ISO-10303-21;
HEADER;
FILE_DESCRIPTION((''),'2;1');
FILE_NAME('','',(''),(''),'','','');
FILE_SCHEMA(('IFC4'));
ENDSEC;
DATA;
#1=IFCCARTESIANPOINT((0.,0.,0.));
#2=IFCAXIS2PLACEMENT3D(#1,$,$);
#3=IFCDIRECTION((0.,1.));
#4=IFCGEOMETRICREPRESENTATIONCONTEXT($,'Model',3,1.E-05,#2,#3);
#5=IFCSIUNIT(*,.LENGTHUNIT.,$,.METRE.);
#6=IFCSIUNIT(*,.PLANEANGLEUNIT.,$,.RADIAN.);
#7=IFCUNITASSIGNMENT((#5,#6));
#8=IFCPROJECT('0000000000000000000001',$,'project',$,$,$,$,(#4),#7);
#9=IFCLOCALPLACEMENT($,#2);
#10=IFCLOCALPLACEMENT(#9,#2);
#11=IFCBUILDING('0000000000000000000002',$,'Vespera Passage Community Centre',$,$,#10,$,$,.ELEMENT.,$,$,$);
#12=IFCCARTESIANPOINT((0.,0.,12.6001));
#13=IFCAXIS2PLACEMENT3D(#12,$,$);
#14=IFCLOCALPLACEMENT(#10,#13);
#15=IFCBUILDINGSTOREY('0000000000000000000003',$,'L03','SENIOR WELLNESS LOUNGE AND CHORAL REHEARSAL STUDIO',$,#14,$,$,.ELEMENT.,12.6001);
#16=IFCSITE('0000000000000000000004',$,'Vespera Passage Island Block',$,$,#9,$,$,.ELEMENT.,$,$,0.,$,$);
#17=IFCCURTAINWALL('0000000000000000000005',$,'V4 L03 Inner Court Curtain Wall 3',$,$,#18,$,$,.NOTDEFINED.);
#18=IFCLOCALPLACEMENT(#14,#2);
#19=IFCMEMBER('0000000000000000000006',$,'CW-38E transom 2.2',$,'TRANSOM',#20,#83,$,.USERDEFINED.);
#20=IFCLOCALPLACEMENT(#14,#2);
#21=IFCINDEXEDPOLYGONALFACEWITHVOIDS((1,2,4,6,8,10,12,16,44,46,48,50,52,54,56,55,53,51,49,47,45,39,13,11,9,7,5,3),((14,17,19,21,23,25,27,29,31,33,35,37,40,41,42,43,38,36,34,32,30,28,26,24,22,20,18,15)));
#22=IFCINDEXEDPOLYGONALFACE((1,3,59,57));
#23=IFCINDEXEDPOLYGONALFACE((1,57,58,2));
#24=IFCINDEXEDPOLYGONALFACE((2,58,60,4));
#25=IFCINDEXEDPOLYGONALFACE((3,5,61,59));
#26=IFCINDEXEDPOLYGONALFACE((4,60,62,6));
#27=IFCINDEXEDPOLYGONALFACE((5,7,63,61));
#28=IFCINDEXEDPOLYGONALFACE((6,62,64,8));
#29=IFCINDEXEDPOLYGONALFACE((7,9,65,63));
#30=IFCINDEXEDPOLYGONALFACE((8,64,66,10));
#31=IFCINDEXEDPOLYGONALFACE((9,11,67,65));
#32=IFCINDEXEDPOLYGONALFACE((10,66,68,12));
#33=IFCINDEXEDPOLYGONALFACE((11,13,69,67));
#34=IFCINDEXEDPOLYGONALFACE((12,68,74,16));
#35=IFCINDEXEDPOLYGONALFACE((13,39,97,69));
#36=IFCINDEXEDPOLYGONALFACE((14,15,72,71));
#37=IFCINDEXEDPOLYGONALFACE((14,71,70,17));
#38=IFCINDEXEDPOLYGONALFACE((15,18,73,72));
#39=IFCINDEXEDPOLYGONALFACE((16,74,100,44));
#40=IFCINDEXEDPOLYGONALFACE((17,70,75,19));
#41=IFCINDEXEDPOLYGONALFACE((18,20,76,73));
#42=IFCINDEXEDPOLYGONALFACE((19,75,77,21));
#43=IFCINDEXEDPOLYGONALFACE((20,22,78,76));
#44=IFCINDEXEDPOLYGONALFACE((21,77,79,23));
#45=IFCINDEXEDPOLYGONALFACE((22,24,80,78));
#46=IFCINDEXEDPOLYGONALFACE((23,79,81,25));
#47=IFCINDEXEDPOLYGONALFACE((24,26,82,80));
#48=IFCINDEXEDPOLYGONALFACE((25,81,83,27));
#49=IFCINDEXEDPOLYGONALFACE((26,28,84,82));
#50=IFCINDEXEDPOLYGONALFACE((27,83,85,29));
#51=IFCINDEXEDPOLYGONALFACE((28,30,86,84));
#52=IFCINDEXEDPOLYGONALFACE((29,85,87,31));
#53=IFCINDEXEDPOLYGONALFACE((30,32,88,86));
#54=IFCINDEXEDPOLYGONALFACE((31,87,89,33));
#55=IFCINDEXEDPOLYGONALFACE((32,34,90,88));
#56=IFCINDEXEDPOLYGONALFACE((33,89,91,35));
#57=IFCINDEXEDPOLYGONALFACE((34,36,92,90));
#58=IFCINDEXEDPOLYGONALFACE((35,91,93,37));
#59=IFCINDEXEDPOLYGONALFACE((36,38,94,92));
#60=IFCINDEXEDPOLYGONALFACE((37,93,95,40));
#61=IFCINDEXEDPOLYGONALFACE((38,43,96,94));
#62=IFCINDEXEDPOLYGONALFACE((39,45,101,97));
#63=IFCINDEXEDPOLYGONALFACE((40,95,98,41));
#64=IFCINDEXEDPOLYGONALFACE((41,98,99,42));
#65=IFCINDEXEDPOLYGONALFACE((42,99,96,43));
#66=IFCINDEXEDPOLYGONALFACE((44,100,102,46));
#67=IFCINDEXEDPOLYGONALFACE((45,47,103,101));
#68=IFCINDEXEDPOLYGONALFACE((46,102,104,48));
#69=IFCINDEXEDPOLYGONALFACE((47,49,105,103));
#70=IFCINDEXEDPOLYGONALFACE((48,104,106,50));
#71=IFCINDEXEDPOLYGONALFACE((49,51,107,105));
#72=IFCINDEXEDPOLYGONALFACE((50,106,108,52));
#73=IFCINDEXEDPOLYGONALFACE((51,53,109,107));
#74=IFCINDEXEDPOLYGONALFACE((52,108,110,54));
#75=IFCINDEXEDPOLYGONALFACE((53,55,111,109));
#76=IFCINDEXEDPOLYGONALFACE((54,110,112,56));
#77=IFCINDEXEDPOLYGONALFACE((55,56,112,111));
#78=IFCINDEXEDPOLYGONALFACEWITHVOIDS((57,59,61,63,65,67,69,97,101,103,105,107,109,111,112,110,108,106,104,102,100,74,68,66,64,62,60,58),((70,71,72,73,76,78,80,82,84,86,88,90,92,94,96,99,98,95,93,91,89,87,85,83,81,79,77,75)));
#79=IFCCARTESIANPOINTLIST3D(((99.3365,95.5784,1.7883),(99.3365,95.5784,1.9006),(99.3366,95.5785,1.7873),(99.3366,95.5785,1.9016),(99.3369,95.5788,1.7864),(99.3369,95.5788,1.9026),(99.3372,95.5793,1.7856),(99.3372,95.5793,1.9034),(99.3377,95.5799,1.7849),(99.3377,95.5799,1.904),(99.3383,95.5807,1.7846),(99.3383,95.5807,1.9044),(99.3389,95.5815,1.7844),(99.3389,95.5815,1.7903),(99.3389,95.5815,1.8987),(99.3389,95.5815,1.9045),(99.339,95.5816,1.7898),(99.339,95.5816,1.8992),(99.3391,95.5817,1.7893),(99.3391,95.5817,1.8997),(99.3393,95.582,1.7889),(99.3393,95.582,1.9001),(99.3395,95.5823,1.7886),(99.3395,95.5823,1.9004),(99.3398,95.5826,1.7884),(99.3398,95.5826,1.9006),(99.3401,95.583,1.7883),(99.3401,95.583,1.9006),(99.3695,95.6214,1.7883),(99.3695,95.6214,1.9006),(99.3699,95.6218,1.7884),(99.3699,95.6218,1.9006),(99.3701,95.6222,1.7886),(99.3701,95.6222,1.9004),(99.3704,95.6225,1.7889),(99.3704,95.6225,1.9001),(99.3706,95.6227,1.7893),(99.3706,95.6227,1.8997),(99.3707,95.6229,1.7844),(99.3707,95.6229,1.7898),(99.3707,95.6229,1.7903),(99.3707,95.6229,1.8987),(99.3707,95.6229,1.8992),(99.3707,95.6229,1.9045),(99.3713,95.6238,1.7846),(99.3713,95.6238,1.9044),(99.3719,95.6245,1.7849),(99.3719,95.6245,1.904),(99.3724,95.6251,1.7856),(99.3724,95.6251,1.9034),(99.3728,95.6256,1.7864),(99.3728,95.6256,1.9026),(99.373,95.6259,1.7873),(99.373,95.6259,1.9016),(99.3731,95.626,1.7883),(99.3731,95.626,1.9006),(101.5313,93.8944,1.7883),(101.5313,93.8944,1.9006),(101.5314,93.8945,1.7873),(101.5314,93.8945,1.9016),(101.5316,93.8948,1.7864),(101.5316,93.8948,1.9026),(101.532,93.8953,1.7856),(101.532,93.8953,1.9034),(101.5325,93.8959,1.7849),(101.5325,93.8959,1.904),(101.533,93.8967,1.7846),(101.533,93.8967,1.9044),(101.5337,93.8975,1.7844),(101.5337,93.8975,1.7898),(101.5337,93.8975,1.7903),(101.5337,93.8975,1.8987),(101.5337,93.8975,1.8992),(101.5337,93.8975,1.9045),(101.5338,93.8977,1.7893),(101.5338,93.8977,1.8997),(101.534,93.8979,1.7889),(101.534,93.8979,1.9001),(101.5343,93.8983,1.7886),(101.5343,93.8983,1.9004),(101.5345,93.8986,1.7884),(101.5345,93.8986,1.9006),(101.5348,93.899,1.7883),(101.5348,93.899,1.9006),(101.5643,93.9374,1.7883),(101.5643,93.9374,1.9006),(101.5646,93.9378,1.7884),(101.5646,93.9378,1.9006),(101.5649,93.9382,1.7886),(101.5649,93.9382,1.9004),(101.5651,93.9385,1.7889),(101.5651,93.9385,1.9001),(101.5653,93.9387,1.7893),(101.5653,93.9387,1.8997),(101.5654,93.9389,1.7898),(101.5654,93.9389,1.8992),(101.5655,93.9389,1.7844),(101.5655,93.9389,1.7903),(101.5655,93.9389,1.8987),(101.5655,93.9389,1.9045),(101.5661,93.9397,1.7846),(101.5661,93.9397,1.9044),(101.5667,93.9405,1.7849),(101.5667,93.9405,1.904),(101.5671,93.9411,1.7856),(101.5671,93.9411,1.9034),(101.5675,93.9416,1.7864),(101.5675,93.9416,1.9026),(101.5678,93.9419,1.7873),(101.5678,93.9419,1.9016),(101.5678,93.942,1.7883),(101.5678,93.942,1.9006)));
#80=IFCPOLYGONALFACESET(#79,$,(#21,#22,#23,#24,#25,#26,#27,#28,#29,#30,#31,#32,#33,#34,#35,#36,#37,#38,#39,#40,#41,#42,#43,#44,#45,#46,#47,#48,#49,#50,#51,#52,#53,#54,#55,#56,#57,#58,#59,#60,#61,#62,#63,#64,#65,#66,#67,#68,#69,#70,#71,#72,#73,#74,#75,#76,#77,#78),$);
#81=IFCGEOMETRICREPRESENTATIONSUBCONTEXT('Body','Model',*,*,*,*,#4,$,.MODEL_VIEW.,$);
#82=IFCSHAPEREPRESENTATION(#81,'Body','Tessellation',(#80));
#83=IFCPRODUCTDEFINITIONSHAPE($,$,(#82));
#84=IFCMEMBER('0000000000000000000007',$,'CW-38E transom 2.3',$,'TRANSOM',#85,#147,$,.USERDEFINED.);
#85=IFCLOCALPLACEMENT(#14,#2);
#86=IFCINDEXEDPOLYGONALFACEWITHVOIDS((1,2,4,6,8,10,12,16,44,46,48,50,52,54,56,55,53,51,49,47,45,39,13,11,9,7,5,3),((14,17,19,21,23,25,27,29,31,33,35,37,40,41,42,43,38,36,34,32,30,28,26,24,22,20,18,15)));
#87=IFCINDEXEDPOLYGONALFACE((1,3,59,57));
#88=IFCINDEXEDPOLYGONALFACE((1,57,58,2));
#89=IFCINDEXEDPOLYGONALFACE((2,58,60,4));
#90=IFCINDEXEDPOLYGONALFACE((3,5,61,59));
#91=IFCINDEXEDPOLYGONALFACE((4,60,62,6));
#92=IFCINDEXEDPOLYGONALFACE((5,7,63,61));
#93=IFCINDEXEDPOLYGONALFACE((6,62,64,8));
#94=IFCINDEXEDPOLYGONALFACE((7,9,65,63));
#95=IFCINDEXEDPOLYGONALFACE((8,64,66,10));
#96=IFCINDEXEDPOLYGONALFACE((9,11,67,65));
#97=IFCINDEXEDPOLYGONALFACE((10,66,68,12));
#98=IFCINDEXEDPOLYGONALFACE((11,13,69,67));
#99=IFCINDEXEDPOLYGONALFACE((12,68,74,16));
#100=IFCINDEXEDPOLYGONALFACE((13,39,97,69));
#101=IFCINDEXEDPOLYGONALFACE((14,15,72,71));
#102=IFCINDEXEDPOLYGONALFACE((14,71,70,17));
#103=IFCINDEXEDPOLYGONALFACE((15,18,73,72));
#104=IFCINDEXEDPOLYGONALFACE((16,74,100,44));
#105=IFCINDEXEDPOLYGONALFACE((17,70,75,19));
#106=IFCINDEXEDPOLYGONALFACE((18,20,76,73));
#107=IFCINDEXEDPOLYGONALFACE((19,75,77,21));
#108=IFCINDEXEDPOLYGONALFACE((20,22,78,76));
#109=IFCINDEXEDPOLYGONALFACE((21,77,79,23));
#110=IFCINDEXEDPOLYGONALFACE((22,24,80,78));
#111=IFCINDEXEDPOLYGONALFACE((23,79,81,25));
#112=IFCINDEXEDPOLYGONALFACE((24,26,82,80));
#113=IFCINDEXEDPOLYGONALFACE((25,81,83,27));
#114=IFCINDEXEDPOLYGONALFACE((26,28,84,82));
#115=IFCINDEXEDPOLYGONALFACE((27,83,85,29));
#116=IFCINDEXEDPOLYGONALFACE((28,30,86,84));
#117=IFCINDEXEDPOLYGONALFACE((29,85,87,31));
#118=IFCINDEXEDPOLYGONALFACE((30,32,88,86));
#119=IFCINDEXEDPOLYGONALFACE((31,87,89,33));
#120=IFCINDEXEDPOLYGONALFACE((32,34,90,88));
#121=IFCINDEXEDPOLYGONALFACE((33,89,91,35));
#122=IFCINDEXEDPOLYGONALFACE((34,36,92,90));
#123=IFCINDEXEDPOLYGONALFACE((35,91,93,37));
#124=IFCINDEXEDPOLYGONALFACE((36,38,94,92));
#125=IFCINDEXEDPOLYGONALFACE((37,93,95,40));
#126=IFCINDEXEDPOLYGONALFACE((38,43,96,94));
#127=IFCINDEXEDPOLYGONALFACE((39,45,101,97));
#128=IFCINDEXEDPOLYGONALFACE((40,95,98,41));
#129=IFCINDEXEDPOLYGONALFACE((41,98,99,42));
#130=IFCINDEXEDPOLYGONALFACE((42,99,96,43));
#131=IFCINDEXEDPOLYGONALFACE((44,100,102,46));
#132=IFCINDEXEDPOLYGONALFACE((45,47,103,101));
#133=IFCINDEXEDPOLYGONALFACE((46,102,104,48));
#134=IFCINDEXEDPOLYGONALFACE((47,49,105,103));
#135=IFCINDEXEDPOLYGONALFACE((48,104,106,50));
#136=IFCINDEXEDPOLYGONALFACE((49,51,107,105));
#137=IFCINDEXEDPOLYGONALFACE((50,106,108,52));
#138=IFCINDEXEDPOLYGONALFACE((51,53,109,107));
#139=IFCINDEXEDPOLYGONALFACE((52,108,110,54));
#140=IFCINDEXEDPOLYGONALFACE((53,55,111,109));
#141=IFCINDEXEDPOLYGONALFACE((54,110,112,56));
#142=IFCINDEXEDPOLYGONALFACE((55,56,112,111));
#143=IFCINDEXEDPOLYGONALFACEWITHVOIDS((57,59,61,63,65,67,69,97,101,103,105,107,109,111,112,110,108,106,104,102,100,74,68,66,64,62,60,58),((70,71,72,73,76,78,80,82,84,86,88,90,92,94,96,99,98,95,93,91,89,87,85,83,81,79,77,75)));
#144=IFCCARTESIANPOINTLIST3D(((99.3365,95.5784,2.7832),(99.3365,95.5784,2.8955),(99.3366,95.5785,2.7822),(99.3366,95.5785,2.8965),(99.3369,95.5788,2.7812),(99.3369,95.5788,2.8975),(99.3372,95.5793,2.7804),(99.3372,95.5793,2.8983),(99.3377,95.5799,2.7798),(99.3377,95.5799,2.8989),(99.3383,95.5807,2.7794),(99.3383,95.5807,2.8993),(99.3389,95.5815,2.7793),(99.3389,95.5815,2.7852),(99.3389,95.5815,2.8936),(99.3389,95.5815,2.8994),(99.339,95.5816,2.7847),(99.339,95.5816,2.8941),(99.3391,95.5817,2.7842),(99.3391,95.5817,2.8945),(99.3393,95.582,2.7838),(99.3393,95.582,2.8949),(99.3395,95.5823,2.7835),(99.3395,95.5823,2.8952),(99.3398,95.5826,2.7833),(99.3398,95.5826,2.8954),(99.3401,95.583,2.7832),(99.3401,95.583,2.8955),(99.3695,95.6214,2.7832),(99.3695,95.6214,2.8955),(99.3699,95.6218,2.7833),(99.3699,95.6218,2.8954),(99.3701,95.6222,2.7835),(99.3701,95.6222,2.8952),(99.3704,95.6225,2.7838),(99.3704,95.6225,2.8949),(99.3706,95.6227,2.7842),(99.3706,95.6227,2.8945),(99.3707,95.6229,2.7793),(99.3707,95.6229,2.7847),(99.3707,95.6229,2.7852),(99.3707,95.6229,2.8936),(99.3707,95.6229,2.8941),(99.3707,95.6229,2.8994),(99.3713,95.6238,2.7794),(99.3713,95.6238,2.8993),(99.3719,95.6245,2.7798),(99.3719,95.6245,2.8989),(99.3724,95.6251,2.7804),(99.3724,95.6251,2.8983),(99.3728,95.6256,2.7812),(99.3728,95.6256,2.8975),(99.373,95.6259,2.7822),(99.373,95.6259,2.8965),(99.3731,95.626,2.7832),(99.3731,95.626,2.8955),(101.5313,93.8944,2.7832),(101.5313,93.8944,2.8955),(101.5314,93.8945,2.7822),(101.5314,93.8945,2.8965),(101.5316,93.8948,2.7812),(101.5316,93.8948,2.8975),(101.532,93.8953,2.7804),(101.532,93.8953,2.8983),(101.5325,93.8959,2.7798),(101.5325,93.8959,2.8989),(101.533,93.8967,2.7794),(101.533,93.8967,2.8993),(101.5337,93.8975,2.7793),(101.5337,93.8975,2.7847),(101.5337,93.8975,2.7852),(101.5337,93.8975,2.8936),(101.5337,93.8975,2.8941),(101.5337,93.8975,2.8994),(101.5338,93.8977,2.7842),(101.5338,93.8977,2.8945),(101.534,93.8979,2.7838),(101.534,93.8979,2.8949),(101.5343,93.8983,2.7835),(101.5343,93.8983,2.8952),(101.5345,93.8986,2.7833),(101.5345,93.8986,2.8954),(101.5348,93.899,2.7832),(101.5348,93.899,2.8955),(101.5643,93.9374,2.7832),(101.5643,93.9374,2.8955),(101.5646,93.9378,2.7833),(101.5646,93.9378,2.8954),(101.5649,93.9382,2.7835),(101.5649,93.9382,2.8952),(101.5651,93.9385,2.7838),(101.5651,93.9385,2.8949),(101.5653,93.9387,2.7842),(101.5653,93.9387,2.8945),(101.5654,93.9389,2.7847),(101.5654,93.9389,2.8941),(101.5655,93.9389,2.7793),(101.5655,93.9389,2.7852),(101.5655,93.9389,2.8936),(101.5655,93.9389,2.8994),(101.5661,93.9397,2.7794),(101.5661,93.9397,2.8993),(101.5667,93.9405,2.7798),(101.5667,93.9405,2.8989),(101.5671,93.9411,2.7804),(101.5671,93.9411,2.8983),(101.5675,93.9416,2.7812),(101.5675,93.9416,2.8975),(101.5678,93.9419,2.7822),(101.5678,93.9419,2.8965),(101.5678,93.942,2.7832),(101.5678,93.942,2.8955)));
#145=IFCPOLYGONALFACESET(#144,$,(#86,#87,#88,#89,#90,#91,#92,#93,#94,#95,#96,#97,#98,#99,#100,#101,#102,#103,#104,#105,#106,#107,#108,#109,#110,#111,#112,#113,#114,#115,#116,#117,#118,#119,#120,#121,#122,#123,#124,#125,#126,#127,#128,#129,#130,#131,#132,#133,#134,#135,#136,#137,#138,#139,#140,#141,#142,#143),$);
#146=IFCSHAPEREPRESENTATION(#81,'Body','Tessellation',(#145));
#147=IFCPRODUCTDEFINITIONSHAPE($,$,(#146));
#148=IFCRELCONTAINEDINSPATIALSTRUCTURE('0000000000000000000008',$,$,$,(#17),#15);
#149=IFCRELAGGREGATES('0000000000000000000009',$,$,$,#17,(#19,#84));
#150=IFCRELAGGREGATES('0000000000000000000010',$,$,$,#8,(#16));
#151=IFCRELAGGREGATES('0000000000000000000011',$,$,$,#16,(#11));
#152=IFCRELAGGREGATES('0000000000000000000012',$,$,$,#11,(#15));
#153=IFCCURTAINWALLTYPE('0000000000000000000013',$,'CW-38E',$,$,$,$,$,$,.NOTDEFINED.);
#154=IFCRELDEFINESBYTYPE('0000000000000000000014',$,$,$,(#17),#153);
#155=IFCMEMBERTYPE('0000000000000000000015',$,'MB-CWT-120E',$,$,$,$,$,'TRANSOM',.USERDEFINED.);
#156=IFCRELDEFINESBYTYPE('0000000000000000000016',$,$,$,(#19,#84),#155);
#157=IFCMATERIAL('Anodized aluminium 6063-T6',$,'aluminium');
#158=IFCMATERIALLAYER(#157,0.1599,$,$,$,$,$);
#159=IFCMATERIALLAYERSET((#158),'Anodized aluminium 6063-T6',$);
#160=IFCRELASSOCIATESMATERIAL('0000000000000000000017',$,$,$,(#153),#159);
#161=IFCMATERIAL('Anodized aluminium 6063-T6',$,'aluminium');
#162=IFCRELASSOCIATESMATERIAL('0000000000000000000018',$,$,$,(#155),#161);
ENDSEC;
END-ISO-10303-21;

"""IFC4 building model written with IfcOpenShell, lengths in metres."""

from ifc_helpers import new_model, si_unit, direction, frame, origin, origin_2d, place, context, subcontext, project, spatial, hollow_rectangle, extrude, material, layer, layer_set, material_profile, profile_set, type_object, element, aggregate, save


model = new_model("IFC4")

# Units and contexts
model_context = context("Model", 3, precision=1e-05, world=origin(), true_north=direction((0.0, 1.0)))
body_context = subcontext(model_context, "Body", "Model", "MODEL_VIEW")
ifc_project = project(units=[si_unit("LENGTHUNIT", "METRE"), si_unit("PLANEANGLEUNIT", "RADIAN")], contexts=[model_context])

# Site, building, storey
site_placement = place(None, origin())
site = spatial("IfcSite", under=ifc_project, at=site_placement, Name="Vespera Passage Island Block", CompositionType="ELEMENT", RefElevation=0.0)
building_placement = place(site_placement, origin())
building = spatial("IfcBuilding", under=site, at=building_placement, Name="Vespera Passage Community Centre", CompositionType="ELEMENT")
storey_placement = place(building_placement, frame((0.0, 0.0, 12.6001)))
storey = spatial("IfcBuildingStorey", under=building, at=storey_placement, Name="L03", Description="SENIOR WELLNESS LOUNGE AND CHORAL REHEARSAL STUDIO", CompositionType="ELEMENT", Elevation=12.6001)

# Curtain wall, members
ifc_material_1 = material(Name="Anodized aluminium 6063-T6", Category="aluminium")
ifc_layer_1 = layer(ifc_material_1, 0.1599)
ifc_layer_set_1 = layer_set([ifc_layer_1], Name="Anodized aluminium 6063-T6")
curtain_wall_type = type_object("IfcCurtainWallType", Name="CW-38E", PredefinedType="NOTDEFINED", material=ifc_layer_set_1)
curtain_wall_placement = place(storey_placement, origin())
curtain_wall = element("IfcCurtainWall", 1, at=curtain_wall_placement, inside=storey, type_object=curtain_wall_type, Name="V4 L03 Inner Court Curtain Wall 3", PredefinedType="NOTDEFINED")
ifc_material_2 = material(Name="Anodized aluminium 6063-T6", Category="aluminium")
ifc_material_profile_1 = material_profile(ifc_material_2, hollow_rectangle(XDim=0.0601, YDim=0.1201, WallThickness=0.0039, InnerFilletRadius=0.002, OuterFilletRadius=0.0039, at=origin_2d()), Name="ALU120X60X4")
ifc_profile_set_1 = profile_set([ifc_material_profile_1], Name="Anodized aluminium 6063-T6")
member_type_1 = type_object("IfcMemberType", Name="MB-CWT-120E", ElementType="TRANSOM", PredefinedType="USERDEFINED", material=ifc_profile_set_1)
member_1_placement = place(storey_placement, frame((101.5496, 93.9182, 1.8445), z_axis=(-0.793365, 0.608746, 0.0), x_axis=(-0.608746, -0.793365, 0.0)))
member_1 = element("IfcMember", 2, at=member_1_placement, type_object=member_type_1, Name="CW-38E transom 2.2", ObjectType="TRANSOM", PredefinedType="USERDEFINED", context=body_context, shape_type="SweptSolid", body=[
    extrude(hollow_rectangle(XDim=0.0601, YDim=0.1201, WallThickness=0.0039, InnerFilletRadius=0.002, OuterFilletRadius=0.0039, at=origin_2d()), origin(), (0.0, 0.0, 1.0), 2.7664),
])
member_2_placement = place(storey_placement, frame((101.5496, 93.9182, 2.8394), z_axis=(-0.793365, 0.608746, 0.0), x_axis=(-0.608746, -0.793365, 0.0)))
member_2 = element("IfcMember", 3, at=member_2_placement, type_object=member_type_1, Name="CW-38E transom 2.3", ObjectType="TRANSOM", PredefinedType="USERDEFINED", context=body_context, shape_type="SweptSolid", body=[
    extrude(hollow_rectangle(XDim=0.0601, YDim=0.1201, WallThickness=0.0039, InnerFilletRadius=0.002, OuterFilletRadius=0.0039, at=origin_2d()), origin(), (0.0, 0.0, 1.0), 2.7664),
])
aggregate(curtain_wall, [member_1, member_2])

save(model, "model.ifc")
